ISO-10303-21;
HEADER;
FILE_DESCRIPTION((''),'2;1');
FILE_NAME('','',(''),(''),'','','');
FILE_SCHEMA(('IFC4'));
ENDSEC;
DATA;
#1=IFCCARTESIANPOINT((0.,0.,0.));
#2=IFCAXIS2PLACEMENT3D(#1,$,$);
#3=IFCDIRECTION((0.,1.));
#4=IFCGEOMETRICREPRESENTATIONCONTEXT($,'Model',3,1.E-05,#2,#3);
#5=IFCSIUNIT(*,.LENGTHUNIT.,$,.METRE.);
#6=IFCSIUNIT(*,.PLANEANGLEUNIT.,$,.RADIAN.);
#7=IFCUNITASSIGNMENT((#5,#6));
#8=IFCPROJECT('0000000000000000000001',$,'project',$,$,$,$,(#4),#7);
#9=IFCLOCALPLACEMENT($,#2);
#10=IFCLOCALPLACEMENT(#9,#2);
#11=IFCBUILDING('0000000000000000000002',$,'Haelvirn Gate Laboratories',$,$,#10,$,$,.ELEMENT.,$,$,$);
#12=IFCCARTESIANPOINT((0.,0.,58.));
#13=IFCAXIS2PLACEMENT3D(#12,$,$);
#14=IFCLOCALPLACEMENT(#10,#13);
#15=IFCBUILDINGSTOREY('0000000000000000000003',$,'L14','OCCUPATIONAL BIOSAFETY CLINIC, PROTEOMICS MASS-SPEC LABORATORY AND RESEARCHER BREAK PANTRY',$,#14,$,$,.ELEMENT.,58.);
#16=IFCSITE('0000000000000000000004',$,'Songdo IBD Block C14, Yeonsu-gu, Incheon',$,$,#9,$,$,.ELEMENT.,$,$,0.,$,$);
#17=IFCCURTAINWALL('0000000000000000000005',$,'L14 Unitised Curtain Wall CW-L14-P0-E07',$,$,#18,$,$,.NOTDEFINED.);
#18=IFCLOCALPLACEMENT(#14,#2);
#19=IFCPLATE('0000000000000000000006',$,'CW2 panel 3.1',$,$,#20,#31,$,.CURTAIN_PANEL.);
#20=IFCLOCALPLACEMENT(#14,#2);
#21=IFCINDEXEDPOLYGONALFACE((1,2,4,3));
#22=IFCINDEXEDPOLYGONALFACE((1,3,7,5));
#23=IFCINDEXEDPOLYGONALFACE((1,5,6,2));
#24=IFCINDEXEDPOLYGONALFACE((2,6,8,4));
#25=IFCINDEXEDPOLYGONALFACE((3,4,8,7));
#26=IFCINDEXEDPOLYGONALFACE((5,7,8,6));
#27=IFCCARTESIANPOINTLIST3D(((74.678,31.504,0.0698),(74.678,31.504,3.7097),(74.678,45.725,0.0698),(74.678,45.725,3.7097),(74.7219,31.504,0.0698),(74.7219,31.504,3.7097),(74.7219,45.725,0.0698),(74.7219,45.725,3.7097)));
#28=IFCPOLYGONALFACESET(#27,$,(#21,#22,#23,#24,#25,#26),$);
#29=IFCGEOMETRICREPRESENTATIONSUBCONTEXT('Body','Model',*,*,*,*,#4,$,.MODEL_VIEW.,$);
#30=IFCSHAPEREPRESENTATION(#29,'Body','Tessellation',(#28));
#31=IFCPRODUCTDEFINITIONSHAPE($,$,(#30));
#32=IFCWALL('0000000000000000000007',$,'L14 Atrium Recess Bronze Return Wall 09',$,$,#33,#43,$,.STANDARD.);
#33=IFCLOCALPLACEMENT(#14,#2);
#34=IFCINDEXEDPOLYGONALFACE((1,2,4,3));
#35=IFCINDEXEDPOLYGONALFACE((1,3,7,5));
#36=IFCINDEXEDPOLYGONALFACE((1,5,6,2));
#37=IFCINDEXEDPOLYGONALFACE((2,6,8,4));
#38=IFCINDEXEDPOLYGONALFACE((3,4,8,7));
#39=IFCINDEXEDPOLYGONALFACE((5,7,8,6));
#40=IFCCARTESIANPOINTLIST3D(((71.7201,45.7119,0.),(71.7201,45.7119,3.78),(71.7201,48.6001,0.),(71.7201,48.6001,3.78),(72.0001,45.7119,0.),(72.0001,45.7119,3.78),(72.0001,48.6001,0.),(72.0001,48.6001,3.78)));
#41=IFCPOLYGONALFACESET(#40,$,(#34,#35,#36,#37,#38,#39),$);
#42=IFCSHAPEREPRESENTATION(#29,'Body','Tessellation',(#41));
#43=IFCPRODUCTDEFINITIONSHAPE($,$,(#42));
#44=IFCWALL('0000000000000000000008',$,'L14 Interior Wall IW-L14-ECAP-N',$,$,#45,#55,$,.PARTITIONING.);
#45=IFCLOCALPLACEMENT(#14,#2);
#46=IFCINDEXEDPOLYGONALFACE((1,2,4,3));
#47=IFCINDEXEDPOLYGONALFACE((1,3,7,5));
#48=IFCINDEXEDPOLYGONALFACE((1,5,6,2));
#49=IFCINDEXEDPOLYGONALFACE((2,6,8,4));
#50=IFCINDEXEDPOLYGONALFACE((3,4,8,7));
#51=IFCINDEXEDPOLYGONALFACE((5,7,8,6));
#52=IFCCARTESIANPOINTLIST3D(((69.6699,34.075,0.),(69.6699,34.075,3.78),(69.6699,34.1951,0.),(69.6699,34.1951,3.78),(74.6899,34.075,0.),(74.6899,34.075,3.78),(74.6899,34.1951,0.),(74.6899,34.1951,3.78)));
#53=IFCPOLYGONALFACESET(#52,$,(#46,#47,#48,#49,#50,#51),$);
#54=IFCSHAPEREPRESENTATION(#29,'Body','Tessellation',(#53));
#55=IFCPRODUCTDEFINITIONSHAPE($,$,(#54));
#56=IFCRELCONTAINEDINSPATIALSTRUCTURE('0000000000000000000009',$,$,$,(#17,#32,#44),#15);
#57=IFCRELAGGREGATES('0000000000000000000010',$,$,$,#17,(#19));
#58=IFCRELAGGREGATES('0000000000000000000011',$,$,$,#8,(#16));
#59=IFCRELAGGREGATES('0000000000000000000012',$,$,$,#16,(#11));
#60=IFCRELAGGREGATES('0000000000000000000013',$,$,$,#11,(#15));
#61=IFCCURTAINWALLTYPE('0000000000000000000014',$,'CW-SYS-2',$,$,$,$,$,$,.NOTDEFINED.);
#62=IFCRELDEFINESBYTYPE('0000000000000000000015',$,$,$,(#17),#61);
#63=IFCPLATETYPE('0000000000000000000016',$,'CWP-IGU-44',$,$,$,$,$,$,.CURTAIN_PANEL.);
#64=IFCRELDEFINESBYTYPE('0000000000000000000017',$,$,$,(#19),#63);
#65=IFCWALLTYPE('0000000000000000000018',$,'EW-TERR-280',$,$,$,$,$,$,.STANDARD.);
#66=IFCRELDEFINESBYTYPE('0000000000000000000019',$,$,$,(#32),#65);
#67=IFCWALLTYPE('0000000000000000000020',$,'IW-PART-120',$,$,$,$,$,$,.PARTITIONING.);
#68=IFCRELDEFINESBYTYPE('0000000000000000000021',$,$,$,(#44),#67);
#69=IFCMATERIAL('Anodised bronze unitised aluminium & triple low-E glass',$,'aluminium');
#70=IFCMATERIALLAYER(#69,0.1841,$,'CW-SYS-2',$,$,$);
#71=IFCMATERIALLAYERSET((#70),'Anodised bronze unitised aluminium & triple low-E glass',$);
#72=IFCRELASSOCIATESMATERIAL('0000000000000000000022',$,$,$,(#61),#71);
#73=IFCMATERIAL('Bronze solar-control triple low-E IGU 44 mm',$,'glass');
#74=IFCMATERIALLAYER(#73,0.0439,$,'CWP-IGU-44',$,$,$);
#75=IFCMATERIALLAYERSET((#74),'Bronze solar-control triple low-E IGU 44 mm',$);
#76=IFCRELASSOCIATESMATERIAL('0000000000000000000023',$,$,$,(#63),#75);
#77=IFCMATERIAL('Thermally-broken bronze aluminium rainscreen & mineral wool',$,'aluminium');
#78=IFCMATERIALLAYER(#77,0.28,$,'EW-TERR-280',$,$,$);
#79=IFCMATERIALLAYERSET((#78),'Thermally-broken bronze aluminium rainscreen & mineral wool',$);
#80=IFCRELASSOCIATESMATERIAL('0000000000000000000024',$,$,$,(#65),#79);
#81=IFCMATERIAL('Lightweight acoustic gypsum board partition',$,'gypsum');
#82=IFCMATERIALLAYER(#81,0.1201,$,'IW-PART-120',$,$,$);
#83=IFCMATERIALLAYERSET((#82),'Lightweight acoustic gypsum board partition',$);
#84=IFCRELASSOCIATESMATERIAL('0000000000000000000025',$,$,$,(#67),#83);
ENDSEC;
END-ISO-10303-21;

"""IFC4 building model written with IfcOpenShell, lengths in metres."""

from ifc_helpers import new_model, si_unit, direction, frame, frame_2d, origin, origin_2d, place, context, subcontext, project, spatial, rectangle, extrude, source, transform, mapped, material, layer, layer_set, type_object, element, aggregate, save


model = new_model("IFC4")

# Units and contexts
model_context = context("Model", 3, precision=1e-05, world=origin(), true_north=direction((0.0, 1.0)))
body_context = subcontext(model_context, "Body", "Model", "MODEL_VIEW")
ifc_project = project(units=[si_unit("LENGTHUNIT", "METRE"), si_unit("PLANEANGLEUNIT", "RADIAN")], contexts=[model_context])

# Site, building, storey
site_placement = place(None, origin())
site = spatial("IfcSite", under=ifc_project, at=site_placement, Name="Songdo IBD Block C14, Yeonsu-gu, Incheon", CompositionType="ELEMENT", RefElevation=0.0)
building_placement = place(site_placement, origin())
building = spatial("IfcBuilding", under=site, at=building_placement, Name="Haelvirn Gate Laboratories", CompositionType="ELEMENT")
storey_placement = place(building_placement, frame((0.0, 0.0, 58.0)))
storey = spatial("IfcBuildingStorey", under=building, at=storey_placement, Name="L14", Description="OCCUPATIONAL BIOSAFETY CLINIC, PROTEOMICS MASS-SPEC LABORATORY AND RESEARCHER BREAK PANTRY", CompositionType="ELEMENT", Elevation=58.0)

# Curtain wall
ifc_material_1 = material(Name="Anodised bronze unitised aluminium & triple low-E glass", Category="aluminium")
ifc_layer_1 = layer(ifc_material_1, 0.1841, Name="CW-SYS-2")
ifc_layer_set_1 = layer_set([ifc_layer_1], Name="Anodised bronze unitised aluminium & triple low-E glass")
curtain_wall_type_1 = type_object("IfcCurtainWallType", Name="CW-SYS-2", PredefinedType="NOTDEFINED", material=ifc_layer_set_1)
curtain_wall_1_placement = place(storey_placement, origin())
curtain_wall_1 = element("IfcCurtainWall", 1, at=curtain_wall_1_placement, inside=storey, type_object=curtain_wall_type_1, Name="L14 Unitised Curtain Wall CW-L14-P0-E07", PredefinedType="NOTDEFINED")

# Plate
ifc_material_2 = material(Name="Bronze solar-control triple low-E IGU 44 mm", Category="glass")
ifc_layer_2 = layer(ifc_material_2, 0.0439, Name="CWP-IGU-44")
ifc_layer_set_2 = layer_set([ifc_layer_2], Name="Bronze solar-control triple low-E IGU 44 mm")
plate_type_1 = type_object("IfcPlateType", Name="CWP-IGU-44", PredefinedType="CURTAIN_PANEL", material=ifc_layer_set_2)
shared_shape_1 = source(origin(), body_context, "Body", "SweptSolid", [
    extrude(rectangle(XDim=14.2209, YDim=0.0439, at=origin_2d()), origin(), (0.0, 0.0, 1.0), 3.6399),
])
plate_1_placement = place(storey_placement, frame((74.7, 38.6145, 0.0698), z_axis=(0.0, 0.0, 1.0), x_axis=(0.0, 1.0, 0.0)))
plate_1 = element("IfcPlate", 2, at=plate_1_placement, type_object=plate_type_1, Name="CW2 panel 3.1", PredefinedType="CURTAIN_PANEL", context=body_context, shape_type="MappedRepresentation", body=[
    mapped(shared_shape_1, transform((0.0, 0.0, 0.0), scale=1.0)),
])
aggregate(curtain_wall_1, [plate_1])

# Walls
ifc_material_3 = material(Name="Thermally-broken bronze aluminium rainscreen & mineral wool", Category="aluminium")
ifc_layer_3 = layer(ifc_material_3, 0.28, Name="EW-TERR-280")
ifc_layer_set_3 = layer_set([ifc_layer_3], Name="Thermally-broken bronze aluminium rainscreen & mineral wool")
wall_type_1 = type_object("IfcWallType", Name="EW-TERR-280", PredefinedType="STANDARD", material=ifc_layer_set_3)
wall_1_placement = place(storey_placement, frame((71.8601, 45.7119, 0.0), z_axis=(0.0, 0.0, 1.0), x_axis=(0.0, 1.0, 0.0)))
element("IfcWall", 3, at=wall_1_placement, inside=storey, type_object=wall_type_1, Name="L14 Atrium Recess Bronze Return Wall 09", PredefinedType="STANDARD", context=body_context, shape_type="SweptSolid", body=[
    extrude(rectangle(XDim=2.8882, YDim=0.28, at=frame_2d((1.4441, 0.0))), origin(), (0.0, 0.0, 1.0), 3.78),
])
ifc_material_4 = material(Name="Lightweight acoustic gypsum board partition", Category="gypsum")
ifc_layer_4 = layer(ifc_material_4, 0.1201, Name="IW-PART-120")
ifc_layer_set_4 = layer_set([ifc_layer_4], Name="Lightweight acoustic gypsum board partition")
wall_type_2 = type_object("IfcWallType", Name="IW-PART-120", PredefinedType="PARTITIONING", material=ifc_layer_set_4)
wall_2_placement = place(storey_placement, frame((69.6699, 34.135, 0.0), z_axis=(0.0, 0.0, 1.0), x_axis=(1.0, 0.0, 0.0)))
element("IfcWall", 4, at=wall_2_placement, inside=storey, type_object=wall_type_2, Name="L14 Interior Wall IW-L14-ECAP-N", PredefinedType="PARTITIONING", context=body_context, shape_type="SweptSolid", body=[
    extrude(rectangle(XDim=5.02, YDim=0.1201, at=frame_2d((2.51, 0.0))), origin(), (0.0, 0.0, 1.0), 3.78),
])

save(model, "model.ifc")
